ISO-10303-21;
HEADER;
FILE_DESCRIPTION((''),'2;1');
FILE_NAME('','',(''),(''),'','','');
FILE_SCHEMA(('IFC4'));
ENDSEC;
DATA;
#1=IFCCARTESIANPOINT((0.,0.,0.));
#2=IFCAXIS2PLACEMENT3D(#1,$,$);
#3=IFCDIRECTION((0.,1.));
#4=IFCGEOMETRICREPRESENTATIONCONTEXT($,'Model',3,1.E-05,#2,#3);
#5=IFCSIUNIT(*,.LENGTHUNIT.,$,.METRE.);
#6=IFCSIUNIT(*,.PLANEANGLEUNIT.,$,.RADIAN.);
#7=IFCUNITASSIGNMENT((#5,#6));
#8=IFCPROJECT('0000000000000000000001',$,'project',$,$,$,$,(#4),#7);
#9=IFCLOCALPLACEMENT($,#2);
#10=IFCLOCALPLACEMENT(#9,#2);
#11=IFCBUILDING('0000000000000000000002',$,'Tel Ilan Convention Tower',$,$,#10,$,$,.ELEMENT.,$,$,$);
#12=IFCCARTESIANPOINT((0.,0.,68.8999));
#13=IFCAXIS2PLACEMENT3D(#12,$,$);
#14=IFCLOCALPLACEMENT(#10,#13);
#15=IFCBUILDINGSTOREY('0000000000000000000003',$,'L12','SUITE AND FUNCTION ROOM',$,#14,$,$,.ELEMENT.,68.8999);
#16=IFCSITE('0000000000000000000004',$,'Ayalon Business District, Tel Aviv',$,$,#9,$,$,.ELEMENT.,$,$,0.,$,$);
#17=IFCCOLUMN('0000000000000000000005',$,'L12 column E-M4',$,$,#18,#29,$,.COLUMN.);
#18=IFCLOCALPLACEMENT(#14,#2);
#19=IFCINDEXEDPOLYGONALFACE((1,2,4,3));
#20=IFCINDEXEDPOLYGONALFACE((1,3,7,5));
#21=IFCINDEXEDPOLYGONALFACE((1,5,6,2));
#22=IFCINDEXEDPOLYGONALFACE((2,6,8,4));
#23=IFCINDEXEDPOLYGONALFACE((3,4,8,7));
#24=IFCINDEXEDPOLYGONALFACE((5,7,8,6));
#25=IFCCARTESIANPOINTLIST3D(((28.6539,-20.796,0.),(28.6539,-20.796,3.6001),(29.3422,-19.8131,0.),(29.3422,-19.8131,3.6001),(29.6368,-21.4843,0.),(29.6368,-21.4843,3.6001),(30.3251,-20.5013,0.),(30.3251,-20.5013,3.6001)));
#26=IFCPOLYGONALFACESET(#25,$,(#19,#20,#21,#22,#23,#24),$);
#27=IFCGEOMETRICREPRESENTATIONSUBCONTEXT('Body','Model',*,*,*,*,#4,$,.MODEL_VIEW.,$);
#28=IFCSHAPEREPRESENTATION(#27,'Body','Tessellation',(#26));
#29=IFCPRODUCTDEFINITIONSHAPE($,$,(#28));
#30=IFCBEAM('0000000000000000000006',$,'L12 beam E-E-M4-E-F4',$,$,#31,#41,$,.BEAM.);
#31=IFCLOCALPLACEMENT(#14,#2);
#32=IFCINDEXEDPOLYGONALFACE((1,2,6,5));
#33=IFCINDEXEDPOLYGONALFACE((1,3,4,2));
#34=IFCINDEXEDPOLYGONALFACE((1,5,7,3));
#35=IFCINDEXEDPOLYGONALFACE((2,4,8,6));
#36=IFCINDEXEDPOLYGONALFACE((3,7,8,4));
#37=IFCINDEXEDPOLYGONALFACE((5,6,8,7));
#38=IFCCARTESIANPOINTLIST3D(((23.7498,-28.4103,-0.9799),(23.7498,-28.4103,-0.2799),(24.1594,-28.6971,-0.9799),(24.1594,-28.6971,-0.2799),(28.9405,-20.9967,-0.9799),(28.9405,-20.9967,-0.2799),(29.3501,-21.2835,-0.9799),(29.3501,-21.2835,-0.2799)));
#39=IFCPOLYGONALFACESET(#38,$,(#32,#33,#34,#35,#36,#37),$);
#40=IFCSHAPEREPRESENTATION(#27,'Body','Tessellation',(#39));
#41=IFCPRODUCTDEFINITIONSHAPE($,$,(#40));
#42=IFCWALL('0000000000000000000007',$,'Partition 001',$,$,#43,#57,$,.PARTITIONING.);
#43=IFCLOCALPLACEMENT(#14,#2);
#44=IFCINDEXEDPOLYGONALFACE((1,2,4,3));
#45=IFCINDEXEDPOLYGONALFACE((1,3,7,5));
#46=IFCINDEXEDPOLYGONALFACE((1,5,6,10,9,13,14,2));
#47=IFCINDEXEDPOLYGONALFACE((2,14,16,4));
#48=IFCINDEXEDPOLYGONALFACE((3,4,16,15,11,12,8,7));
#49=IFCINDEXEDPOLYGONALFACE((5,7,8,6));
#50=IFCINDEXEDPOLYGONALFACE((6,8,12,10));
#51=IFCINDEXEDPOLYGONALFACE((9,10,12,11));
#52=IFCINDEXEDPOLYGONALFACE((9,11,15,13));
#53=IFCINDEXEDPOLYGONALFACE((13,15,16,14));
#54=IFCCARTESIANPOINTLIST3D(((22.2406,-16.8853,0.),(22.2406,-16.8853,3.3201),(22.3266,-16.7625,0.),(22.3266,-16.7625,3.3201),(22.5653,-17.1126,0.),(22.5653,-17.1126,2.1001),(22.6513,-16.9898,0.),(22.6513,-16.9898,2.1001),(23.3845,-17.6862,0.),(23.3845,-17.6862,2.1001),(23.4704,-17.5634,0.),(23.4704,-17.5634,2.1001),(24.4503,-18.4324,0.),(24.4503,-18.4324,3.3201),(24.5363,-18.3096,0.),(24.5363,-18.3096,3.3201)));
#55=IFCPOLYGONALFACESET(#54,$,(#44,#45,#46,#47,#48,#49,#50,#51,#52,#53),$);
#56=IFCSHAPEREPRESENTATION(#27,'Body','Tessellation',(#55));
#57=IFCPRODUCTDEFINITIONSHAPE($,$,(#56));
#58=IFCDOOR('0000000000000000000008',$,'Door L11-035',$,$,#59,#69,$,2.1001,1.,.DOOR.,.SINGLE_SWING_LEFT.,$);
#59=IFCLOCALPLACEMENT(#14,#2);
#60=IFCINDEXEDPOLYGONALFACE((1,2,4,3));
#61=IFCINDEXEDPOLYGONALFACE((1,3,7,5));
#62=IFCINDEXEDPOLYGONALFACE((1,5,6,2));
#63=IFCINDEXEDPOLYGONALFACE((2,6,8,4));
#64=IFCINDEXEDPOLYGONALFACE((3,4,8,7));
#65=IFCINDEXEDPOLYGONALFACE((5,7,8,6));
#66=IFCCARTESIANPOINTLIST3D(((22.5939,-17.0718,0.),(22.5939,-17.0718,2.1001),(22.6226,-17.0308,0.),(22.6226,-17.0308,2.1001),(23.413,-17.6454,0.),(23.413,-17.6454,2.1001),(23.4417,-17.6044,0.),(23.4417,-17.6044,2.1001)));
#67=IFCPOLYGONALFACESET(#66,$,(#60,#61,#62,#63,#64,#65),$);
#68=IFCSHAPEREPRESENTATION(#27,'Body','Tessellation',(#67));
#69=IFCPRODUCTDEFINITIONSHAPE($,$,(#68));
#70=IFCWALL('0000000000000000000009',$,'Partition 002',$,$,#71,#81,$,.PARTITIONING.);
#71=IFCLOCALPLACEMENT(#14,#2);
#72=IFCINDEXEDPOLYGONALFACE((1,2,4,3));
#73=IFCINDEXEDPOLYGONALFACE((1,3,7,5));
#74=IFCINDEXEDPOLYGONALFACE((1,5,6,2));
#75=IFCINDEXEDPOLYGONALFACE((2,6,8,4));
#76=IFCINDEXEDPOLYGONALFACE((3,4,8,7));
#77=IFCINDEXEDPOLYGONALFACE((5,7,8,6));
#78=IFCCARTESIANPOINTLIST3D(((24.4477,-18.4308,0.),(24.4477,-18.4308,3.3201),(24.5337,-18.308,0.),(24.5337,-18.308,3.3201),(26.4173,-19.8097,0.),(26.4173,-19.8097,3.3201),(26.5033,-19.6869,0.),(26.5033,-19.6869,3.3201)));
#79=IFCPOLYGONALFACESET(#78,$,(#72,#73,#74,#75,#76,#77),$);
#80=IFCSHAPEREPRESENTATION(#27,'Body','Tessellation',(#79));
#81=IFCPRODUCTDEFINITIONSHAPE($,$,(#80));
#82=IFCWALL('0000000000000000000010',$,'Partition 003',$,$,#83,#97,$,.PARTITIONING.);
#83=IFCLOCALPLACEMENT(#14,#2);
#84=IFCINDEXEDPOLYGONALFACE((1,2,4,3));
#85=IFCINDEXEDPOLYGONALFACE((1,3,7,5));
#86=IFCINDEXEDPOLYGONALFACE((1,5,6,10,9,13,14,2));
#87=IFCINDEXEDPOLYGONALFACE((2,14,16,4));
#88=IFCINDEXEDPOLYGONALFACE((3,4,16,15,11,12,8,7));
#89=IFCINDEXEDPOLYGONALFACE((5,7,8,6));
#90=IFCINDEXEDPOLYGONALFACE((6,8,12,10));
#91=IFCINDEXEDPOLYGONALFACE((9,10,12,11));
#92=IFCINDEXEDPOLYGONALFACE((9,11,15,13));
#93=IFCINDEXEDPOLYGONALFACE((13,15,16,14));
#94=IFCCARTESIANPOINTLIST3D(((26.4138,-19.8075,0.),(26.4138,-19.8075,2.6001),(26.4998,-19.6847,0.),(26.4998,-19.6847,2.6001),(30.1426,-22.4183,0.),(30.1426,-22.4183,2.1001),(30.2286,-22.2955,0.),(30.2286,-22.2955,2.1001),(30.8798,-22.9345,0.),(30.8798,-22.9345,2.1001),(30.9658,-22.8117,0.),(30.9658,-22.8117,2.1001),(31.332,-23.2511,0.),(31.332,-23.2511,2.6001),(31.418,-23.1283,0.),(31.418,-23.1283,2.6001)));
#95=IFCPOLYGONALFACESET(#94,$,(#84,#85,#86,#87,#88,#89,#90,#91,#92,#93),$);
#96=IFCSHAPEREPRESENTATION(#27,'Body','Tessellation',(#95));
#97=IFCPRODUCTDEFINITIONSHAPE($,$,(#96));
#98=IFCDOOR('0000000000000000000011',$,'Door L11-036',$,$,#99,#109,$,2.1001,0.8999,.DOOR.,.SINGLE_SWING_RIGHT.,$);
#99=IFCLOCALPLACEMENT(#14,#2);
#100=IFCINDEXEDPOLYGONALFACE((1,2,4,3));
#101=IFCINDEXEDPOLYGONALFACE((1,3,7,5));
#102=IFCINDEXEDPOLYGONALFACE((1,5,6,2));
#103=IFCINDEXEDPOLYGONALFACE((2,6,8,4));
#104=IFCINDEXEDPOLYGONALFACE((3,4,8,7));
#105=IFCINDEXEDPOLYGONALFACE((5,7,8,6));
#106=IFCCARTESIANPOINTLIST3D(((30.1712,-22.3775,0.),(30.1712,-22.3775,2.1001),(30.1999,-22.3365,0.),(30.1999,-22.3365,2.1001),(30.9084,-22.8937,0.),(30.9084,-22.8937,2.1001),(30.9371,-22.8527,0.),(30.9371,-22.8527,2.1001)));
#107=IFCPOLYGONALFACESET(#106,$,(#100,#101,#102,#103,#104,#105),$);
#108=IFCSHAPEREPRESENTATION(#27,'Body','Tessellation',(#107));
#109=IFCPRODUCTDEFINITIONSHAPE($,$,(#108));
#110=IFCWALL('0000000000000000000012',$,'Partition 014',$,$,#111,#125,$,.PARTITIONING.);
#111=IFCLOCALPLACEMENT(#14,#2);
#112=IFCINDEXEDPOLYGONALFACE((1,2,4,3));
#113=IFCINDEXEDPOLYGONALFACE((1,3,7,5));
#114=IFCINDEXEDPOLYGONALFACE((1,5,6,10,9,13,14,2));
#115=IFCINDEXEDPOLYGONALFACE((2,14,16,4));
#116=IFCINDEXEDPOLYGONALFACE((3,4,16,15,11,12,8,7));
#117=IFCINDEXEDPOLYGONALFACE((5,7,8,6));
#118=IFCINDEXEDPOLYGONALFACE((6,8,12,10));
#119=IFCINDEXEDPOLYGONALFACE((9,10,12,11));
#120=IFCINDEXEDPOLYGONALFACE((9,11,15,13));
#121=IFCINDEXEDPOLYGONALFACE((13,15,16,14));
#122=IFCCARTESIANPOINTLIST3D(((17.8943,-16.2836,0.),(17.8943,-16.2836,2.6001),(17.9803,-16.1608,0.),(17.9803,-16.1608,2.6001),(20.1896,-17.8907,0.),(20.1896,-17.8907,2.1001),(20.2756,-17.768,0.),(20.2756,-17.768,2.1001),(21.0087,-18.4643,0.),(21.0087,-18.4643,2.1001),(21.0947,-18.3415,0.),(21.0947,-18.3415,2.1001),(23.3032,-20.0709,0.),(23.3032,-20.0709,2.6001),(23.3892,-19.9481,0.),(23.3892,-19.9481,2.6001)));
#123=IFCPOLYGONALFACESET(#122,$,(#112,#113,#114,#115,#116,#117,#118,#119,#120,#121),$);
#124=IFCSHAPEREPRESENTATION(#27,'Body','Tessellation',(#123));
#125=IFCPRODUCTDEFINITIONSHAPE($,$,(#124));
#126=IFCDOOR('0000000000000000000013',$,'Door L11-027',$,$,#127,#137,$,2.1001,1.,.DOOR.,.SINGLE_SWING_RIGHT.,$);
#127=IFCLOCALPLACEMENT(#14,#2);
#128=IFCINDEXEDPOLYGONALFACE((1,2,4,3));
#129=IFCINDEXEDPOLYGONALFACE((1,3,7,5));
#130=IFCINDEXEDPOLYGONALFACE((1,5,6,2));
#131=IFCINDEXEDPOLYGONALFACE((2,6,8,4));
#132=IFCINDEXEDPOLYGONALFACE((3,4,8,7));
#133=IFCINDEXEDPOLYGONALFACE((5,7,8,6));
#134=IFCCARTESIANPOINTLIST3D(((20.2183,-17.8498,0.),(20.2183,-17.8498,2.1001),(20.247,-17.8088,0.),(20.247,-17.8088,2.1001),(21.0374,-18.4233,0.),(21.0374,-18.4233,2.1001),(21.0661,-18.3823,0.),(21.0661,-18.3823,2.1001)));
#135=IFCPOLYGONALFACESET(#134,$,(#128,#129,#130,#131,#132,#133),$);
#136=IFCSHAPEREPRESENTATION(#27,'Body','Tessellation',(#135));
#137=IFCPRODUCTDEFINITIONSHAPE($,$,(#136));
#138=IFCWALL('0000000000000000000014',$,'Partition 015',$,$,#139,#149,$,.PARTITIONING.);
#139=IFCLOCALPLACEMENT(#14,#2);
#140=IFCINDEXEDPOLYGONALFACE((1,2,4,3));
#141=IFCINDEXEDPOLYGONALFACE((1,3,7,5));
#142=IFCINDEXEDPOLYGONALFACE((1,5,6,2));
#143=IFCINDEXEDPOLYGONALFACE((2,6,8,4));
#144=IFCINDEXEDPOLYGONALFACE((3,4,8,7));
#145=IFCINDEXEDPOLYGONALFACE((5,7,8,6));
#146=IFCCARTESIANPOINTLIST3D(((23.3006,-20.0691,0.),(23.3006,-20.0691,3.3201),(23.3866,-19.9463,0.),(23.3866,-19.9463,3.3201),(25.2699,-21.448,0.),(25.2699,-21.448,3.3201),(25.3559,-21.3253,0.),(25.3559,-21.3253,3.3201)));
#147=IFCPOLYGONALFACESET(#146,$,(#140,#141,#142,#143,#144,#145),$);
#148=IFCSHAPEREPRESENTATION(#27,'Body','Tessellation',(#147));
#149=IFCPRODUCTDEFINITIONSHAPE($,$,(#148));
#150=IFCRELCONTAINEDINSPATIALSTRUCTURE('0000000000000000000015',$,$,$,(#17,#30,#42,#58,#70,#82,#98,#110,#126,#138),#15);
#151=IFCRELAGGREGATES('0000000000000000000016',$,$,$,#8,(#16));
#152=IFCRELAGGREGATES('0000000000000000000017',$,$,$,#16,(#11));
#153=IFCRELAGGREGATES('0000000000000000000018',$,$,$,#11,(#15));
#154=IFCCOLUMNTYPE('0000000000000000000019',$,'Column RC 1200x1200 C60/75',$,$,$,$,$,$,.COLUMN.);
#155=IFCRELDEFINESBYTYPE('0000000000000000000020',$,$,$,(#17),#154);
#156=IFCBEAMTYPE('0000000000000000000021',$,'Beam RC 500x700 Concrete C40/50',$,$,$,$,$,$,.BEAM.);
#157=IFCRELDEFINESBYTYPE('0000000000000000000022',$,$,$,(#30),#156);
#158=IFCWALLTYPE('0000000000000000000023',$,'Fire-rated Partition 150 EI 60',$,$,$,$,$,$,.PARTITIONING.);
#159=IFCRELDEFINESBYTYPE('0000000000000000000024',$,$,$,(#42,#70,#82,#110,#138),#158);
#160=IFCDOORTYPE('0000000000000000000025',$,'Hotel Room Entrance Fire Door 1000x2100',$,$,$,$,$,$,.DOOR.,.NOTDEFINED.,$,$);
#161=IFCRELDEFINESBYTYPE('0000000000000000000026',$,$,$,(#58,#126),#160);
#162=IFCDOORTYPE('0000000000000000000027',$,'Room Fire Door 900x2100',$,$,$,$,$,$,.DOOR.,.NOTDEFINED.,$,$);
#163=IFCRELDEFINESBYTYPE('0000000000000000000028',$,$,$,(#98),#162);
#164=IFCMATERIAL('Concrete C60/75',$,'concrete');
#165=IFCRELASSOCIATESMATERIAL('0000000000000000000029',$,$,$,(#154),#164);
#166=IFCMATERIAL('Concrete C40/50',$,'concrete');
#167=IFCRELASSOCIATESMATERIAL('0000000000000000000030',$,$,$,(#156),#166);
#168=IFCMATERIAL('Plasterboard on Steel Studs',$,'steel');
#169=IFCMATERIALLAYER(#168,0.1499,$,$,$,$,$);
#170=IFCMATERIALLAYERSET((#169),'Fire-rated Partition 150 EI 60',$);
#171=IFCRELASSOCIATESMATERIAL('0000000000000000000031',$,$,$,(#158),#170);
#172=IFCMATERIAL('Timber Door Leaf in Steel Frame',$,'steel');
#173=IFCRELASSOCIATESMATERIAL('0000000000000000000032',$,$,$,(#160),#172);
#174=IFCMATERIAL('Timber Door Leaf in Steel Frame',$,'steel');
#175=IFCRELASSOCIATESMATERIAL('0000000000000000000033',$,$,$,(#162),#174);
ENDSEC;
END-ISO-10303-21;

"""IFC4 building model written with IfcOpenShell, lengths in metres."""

from ifc_helpers import new_model, si_unit, direction, frame, frame_2d, origin, origin_2d, place, context, subcontext, project, spatial, rectangle, extrude, material, layer, layer_set, material_profile, profile_set, type_object, element, fill, save


model = new_model("IFC4")

# Units and contexts
model_context = context("Model", 3, precision=1e-05, world=origin(), true_north=direction((0.0, 1.0)))
body_context = subcontext(model_context, "Body", "Model", "MODEL_VIEW")
ifc_project = project(units=[si_unit("LENGTHUNIT", "METRE"), si_unit("PLANEANGLEUNIT", "RADIAN")], contexts=[model_context])

# Site, building, storey
site_placement = place(None, origin())
site = spatial("IfcSite", under=ifc_project, at=site_placement, Name="Ayalon Business District, Tel Aviv", CompositionType="ELEMENT", RefElevation=0.0)
building_placement = place(site_placement, origin())
building = spatial("IfcBuilding", under=site, at=building_placement, Name="Tel Ilan Convention Tower", CompositionType="ELEMENT")
storey_placement = place(building_placement, frame((0.0, 0.0, 68.8999)))
storey = spatial("IfcBuildingStorey", under=building, at=storey_placement, Name="L12", Description="SUITE AND FUNCTION ROOM", CompositionType="ELEMENT", Elevation=68.8999)

# Column
ifc_material_1 = material(Name="Concrete C60/75", Category="concrete")
ifc_material_profile_1 = material_profile(ifc_material_1, rectangle(XDim=1.2, YDim=1.2, at=origin_2d()), Name="RC 1200x1200")
ifc_profile_set_1 = profile_set([ifc_material_profile_1], Name="Concrete C60/75")
column_type = type_object("IfcColumnType", Name="Column RC 1200x1200 C60/75", PredefinedType="COLUMN", material=ifc_profile_set_1)
column_placement = place(storey_placement, frame((29.4895, -20.6487, 0.0), z_axis=(0.0, 0.0, 1.0), x_axis=(0.819152, -0.573576, 0.0)))
element("IfcColumn", 1, at=column_placement, inside=storey, type_object=column_type, Name="L12 column E-M4", PredefinedType="COLUMN", context=body_context, shape_type="SweptSolid", body=[
    extrude(rectangle(XDim=1.2, YDim=1.2, at=origin_2d()), origin(), (0.0, 0.0, 1.0), 3.6001),
])

# Beam
ifc_material_2 = material(Name="Concrete C40/50", Category="concrete")
ifc_material_profile_2 = material_profile(ifc_material_2, rectangle(XDim=0.5, YDim=0.7, at=origin_2d()), Name="RC 500x700")
ifc_profile_set_2 = profile_set([ifc_material_profile_2], Name="Concrete C40/50")
beam_type = type_object("IfcBeamType", Name="Beam RC 500x700 Concrete C40/50", PredefinedType="BEAM", material=ifc_profile_set_2)
beam_placement = place(storey_placement, frame((29.1453, -21.1401, -0.6299), z_axis=(-0.573549, -0.819171, 0.0), x_axis=(0.819171, -0.573549, 0.0)))
element("IfcBeam", 2, at=beam_placement, inside=storey, type_object=beam_type, Name="L12 beam E-E-M4-E-F4", PredefinedType="BEAM", context=body_context, shape_type="SweptSolid", body=[
    extrude(rectangle(XDim=0.5, YDim=0.7, at=origin_2d()), origin(), (0.0, 0.0, 1.0), 9.05),
])

# Wall, opening, door
ifc_material_3 = material(Name="Plasterboard on Steel Studs", Category="steel")
ifc_layer_1 = layer(ifc_material_3, 0.1499)
ifc_layer_set_1 = layer_set([ifc_layer_1], Name="Fire-rated Partition 150 EI 60")
wall_type_1 = type_object("IfcWallType", Name="Fire-rated Partition 150 EI 60", PredefinedType="PARTITIONING", material=ifc_layer_set_1)
wall_1_placement = place(storey_placement, frame((22.2837, -16.824, 0.0), z_axis=(0.0, 0.0, 1.0), x_axis=(0.819177, -0.573541, 0.0)))
wall_1 = element("IfcWall", 3, at=wall_1_placement, inside=storey, type_object=wall_type_1, Name="Partition 001", PredefinedType="PARTITIONING", context=body_context, shape_type="SweptSolid", body=[
    extrude(rectangle(XDim=2.6975, YDim=0.1499, at=frame_2d((1.3486, 0.0))), origin(), (0.0, 0.0, 1.0), 3.3201),
])
opening_1_placement = place(wall_1_placement, frame((0.3962, 0.0, 0.0)))
opening_1 = element("IfcOpeningElement", 4, at=opening_1_placement, cuts=wall_1, PredefinedType="OPENING", context=body_context, shape_type="SweptSolid", body=[
    extrude(rectangle(XDim=1.0, YDim=2.1001, at=frame_2d((0.5, 1.05))), frame((0.0, 0.085, 0.0), z_axis=(0.0, -1.0, 0.0), x_axis=(1.0, 0.0, 0.0)), (0.0, 0.0, 1.0), 0.1699),
])
ifc_material_4 = material(Name="Timber Door Leaf in Steel Frame", Category="steel")
door_type_1 = type_object("IfcDoorType", Name="Hotel Room Entrance Fire Door 1000x2100", OperationType="NOTDEFINED", PredefinedType="DOOR", material=ifc_material_4)
door_1_placement = place(opening_1_placement, origin())
door_1 = element("IfcDoor", 5, at=door_1_placement, inside=storey, type_object=door_type_1, Name="Door L11-035", OperationType="SINGLE_SWING_LEFT", OverallHeight=2.1001, OverallWidth=1.0, PredefinedType="DOOR", context=body_context, shape_type="SweptSolid", body=[
    extrude(rectangle(XDim=1.0, YDim=2.1001, at=frame_2d((0.5, 1.05))), frame((0.0, 0.0249, 0.0), z_axis=(0.0, -1.0, 0.0), x_axis=(1.0, 0.0, 0.0)), (0.0, 0.0, 1.0), 0.05),
])
fill(opening_1, door_1)

# Wall
wall_2_placement = place(storey_placement, frame((24.4907, -18.3694, 0.0), z_axis=(0.0, 0.0, 1.0), x_axis=(0.819179, -0.573537, 0.0)))
element("IfcWall", 6, at=wall_2_placement, inside=storey, type_object=wall_type_1, Name="Partition 002", PredefinedType="PARTITIONING", context=body_context, shape_type="SweptSolid", body=[
    extrude(rectangle(XDim=2.4043, YDim=0.1499, at=frame_2d((1.2021, 0.0))), origin(), (0.0, 0.0, 1.0), 3.3201),
])

# Walls, openings, doors
wall_3_placement = place(storey_placement, frame((26.4568, -19.7461, 0.0), z_axis=(0.0, 0.0, 1.0), x_axis=(0.819165, -0.573558, 0.0)))
wall_3 = element("IfcWall", 7, at=wall_3_placement, inside=storey, type_object=wall_type_1, Name="Partition 003", PredefinedType="PARTITIONING", context=body_context, shape_type="SweptSolid", body=[
    extrude(rectangle(XDim=6.0039, YDim=0.1499, at=frame_2d((3.002, 0.0))), origin(), (0.0, 0.0, 1.0), 2.6001),
])
opening_2_placement = place(wall_3_placement, frame((4.552, 0.0, 0.0)))
opening_2 = element("IfcOpeningElement", 8, at=opening_2_placement, cuts=wall_3, PredefinedType="OPENING", context=body_context, shape_type="SweptSolid", body=[
    extrude(rectangle(XDim=0.8999, YDim=2.1001, at=frame_2d((0.45, 1.05))), frame((0.0, 0.085, 0.0), z_axis=(0.0, -1.0, 0.0), x_axis=(1.0, 0.0, 0.0)), (0.0, 0.0, 1.0), 0.1699),
])
ifc_material_5 = material(Name="Timber Door Leaf in Steel Frame", Category="steel")
door_type_2 = type_object("IfcDoorType", Name="Room Fire Door 900x2100", OperationType="NOTDEFINED", PredefinedType="DOOR", material=ifc_material_5)
door_2_placement = place(opening_2_placement, origin())
door_2 = element("IfcDoor", 9, at=door_2_placement, inside=storey, type_object=door_type_2, Name="Door L11-036", OperationType="SINGLE_SWING_RIGHT", OverallHeight=2.1001, OverallWidth=0.8999, PredefinedType="DOOR", context=body_context, shape_type="SweptSolid", body=[
    extrude(rectangle(XDim=0.8999, YDim=2.1001, at=frame_2d((0.45, 1.05))), frame((0.0, 0.0249, 0.0), z_axis=(0.0, -1.0, 0.0), x_axis=(1.0, 0.0, 0.0)), (0.0, 0.0, 1.0), 0.05),
])
fill(opening_2, door_2)
wall_4_placement = place(storey_placement, frame((23.3462, -20.0095, 0.0), z_axis=(0.0, 0.0, 1.0), x_axis=(-0.819154, 0.573574, 0.0)))
wall_4 = element("IfcWall", 10, at=wall_4_placement, inside=storey, type_object=wall_type_1, Name="Partition 014", PredefinedType="PARTITIONING", context=body_context, shape_type="SweptSolid", body=[
    extrude(rectangle(XDim=6.603, YDim=0.1499, at=frame_2d((3.3015, 0.0))), origin(), (0.0, 0.0, 1.0), 2.6001),
])
opening_3_placement = place(wall_4_placement, frame((2.801, 0.0, 0.0)))
opening_3 = element("IfcOpeningElement", 11, at=opening_3_placement, cuts=wall_4, PredefinedType="OPENING", context=body_context, shape_type="SweptSolid", body=[
    extrude(rectangle(XDim=1.0, YDim=2.1001, at=frame_2d((0.5, 1.05))), frame((0.0, 0.085, 0.0), z_axis=(0.0, -1.0, 0.0), x_axis=(1.0, 0.0, 0.0)), (0.0, 0.0, 1.0), 0.1699),
])
door_3_placement = place(opening_3_placement, origin())
door_3 = element("IfcDoor", 12, at=door_3_placement, inside=storey, type_object=door_type_1, Name="Door L11-027", OperationType="SINGLE_SWING_RIGHT", OverallHeight=2.1001, OverallWidth=1.0, PredefinedType="DOOR", context=body_context, shape_type="SweptSolid", body=[
    extrude(rectangle(XDim=1.0, YDim=2.1001, at=frame_2d((0.5, 1.05))), frame((0.0, 0.0249, 0.0), z_axis=(0.0, -1.0, 0.0), x_axis=(1.0, 0.0, 0.0)), (0.0, 0.0, 1.0), 0.05),
])
fill(opening_3, door_3)

# Wall
wall_5_placement = place(storey_placement, frame((25.313, -21.3867, 0.0), z_axis=(0.0, 0.0, 1.0), x_axis=(-0.819146, 0.573585, 0.0)))
element("IfcWall", 13, at=wall_5_placement, inside=storey, type_object=wall_type_1, Name="Partition 015", PredefinedType="PARTITIONING", context=body_context, shape_type="SweptSolid", body=[
    extrude(rectangle(XDim=2.4041, YDim=0.1499, at=frame_2d((1.2021, 0.0))), origin(), (0.0, 0.0, 1.0), 3.3201),
])

save(model, "model.ifc")
